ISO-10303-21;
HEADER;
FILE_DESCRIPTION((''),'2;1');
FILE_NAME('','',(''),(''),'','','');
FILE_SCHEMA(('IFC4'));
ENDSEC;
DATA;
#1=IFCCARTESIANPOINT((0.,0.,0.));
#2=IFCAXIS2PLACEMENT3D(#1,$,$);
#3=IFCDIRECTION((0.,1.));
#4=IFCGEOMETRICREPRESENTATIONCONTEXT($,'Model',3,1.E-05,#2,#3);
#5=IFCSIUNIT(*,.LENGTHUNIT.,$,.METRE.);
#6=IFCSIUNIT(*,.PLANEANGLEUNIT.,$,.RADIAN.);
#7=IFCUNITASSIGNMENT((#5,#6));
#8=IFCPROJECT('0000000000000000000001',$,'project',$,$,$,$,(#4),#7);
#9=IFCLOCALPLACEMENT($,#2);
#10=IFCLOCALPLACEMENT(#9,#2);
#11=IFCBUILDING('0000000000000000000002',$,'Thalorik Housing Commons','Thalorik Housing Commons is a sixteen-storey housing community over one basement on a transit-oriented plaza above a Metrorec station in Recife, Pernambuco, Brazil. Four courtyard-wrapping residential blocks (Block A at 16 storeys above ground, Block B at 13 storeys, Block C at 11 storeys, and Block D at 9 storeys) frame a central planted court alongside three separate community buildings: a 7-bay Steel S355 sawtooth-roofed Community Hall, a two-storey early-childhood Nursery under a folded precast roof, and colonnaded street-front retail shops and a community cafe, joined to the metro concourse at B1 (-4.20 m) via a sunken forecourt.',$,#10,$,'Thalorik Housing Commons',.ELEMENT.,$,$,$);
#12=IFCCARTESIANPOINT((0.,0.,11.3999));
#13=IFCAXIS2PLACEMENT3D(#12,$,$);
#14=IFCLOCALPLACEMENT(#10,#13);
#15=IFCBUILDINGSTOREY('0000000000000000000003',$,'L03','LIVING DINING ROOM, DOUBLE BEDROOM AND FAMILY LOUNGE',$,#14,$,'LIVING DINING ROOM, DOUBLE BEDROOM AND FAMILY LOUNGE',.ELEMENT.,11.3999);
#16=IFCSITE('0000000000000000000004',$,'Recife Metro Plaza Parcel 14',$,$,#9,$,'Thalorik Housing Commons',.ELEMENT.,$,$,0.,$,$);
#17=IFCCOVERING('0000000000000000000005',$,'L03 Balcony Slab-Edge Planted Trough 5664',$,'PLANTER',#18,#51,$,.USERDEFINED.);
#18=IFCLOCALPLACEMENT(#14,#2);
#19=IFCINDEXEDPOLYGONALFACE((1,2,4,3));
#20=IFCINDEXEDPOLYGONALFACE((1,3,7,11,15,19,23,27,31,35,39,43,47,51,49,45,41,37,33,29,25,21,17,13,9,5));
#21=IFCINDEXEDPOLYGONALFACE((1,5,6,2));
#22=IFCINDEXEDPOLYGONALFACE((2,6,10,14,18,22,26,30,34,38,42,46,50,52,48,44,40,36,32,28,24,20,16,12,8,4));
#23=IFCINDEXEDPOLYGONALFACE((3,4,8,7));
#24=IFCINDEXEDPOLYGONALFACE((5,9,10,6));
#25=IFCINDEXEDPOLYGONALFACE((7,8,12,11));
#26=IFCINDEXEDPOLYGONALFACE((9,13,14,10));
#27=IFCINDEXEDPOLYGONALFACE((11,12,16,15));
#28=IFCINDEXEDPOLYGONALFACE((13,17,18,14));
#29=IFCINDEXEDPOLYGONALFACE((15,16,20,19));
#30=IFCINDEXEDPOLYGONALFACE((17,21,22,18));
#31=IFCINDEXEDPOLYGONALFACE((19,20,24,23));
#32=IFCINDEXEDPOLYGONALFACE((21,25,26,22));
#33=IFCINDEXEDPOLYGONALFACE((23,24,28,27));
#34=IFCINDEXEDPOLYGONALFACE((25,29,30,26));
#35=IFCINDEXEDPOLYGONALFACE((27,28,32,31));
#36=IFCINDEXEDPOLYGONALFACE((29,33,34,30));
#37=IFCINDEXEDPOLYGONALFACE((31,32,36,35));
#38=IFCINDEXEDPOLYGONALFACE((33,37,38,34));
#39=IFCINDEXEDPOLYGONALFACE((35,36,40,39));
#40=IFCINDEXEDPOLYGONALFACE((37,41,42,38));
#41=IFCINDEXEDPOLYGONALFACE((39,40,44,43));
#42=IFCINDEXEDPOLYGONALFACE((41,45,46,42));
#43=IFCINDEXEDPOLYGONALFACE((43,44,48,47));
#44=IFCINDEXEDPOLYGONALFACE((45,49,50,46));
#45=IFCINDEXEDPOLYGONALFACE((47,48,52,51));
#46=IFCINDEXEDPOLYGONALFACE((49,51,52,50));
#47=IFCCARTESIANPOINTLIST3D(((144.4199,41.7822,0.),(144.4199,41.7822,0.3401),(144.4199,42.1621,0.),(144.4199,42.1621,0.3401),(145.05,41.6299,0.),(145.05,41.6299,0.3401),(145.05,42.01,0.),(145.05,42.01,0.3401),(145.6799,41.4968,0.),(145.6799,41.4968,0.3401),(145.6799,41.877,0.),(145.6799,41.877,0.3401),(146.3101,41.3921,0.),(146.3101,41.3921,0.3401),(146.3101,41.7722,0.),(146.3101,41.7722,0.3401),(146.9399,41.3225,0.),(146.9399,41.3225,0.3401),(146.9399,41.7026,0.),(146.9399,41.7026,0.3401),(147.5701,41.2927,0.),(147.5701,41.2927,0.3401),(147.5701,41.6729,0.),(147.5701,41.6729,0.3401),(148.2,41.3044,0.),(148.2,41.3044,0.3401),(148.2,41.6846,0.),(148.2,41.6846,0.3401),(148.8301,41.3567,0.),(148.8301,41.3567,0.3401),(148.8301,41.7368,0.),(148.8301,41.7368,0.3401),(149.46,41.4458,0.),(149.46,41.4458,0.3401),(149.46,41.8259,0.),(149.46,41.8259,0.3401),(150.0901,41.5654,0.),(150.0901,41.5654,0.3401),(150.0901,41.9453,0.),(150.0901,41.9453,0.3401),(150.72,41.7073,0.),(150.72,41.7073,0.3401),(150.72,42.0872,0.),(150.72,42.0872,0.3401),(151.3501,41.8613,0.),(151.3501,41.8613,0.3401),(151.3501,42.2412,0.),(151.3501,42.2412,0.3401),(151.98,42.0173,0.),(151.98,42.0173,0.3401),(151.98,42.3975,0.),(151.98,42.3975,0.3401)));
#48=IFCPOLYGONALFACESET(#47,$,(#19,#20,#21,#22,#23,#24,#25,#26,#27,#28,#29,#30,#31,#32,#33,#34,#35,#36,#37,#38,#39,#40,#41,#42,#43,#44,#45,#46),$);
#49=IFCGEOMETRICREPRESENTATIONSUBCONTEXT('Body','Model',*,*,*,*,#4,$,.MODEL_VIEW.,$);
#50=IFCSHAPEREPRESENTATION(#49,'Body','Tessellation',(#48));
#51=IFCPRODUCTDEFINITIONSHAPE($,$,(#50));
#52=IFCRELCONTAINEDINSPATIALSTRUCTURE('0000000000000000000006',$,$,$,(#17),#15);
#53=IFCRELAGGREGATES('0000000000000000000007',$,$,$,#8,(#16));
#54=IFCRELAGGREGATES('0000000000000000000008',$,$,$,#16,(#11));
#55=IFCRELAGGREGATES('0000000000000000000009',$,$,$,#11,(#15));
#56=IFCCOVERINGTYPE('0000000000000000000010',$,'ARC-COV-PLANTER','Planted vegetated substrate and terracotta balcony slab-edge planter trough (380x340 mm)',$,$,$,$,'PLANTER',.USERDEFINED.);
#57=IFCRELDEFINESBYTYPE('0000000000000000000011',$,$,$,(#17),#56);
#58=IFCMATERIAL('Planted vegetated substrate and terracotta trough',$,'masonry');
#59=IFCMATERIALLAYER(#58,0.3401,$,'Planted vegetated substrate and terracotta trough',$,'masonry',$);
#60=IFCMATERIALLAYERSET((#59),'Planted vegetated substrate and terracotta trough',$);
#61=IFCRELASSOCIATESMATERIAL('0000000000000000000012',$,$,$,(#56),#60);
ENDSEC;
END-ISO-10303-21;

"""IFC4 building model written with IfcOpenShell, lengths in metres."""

from ifc_helpers import new_model, si_unit, direction, frame, origin, place, context, subcontext, project, spatial, polyline, outline, extrude, material, layer, layer_set, type_object, element, save


model = new_model("IFC4")

# Units and contexts
model_context = context("Model", 3, precision=1e-05, world=origin(), true_north=direction((0.0, 1.0)))
body_context = subcontext(model_context, "Body", "Model", "MODEL_VIEW")
ifc_project = project(units=[si_unit("LENGTHUNIT", "METRE"), si_unit("PLANEANGLEUNIT", "RADIAN")], contexts=[model_context])

# Site, building, storey
site_placement = place(None, origin())
site = spatial("IfcSite", under=ifc_project, at=site_placement, Name="Recife Metro Plaza Parcel 14", LongName="Thalorik Housing Commons", CompositionType="ELEMENT", RefElevation=0.0)
building_placement = place(site_placement, origin())
building = spatial("IfcBuilding", under=site, at=building_placement, Name="Thalorik Housing Commons", Description="Thalorik Housing Commons is a sixteen-storey housing community over one basement on a transit-oriented plaza above a Metrorec station in Recife, Pernambuco, Brazil. Four courtyard-wrapping residential blocks (Block A at 16 storeys above ground, Block B at 13 storeys, Block C at 11 storeys, and Block D at 9 storeys) frame a central planted court alongside three separate community buildings: a 7-bay Steel S355 sawtooth-roofed Community Hall, a two-storey early-childhood Nursery under a folded precast roof, and colonnaded street-front retail shops and a community cafe, joined to the metro concourse at B1 (-4.20 m) via a sunken forecourt.", LongName="Thalorik Housing Commons", CompositionType="ELEMENT")
storey_placement = place(building_placement, frame((0.0, 0.0, 11.3999)))
storey = spatial("IfcBuildingStorey", under=building, at=storey_placement, Name="L03", Description="LIVING DINING ROOM, DOUBLE BEDROOM AND FAMILY LOUNGE", LongName="LIVING DINING ROOM, DOUBLE BEDROOM AND FAMILY LOUNGE", CompositionType="ELEMENT", Elevation=11.3999)

# Covering
ifc_material_1 = material(Name="Planted vegetated substrate and terracotta trough", Category="masonry")
ifc_layer_1 = layer(ifc_material_1, 0.3401, Name="Planted vegetated substrate and terracotta trough", Category="masonry")
ifc_layer_set_1 = layer_set([ifc_layer_1], Name="Planted vegetated substrate and terracotta trough")
covering_type = type_object("IfcCoveringType", Name="ARC-COV-PLANTER", Description="Planted vegetated substrate and terracotta balcony slab-edge planter trough (380x340 mm)", ElementType="PLANTER", PredefinedType="USERDEFINED", material=ifc_layer_set_1)
covering_1_placement = place(storey_placement, origin())
element("IfcCovering", 1, at=covering_1_placement, inside=storey, type_object=covering_type, Name="L03 Balcony Slab-Edge Planted Trough 5664", ObjectType="PLANTER", PredefinedType="USERDEFINED", context=body_context, shape_type="SweptSolid", body=[
    extrude(outline(polyline([(144.4199, 41.7822), (145.05, 41.6299), (145.6799, 41.4968), (146.3101, 41.3921), (146.9399, 41.3225), (147.5701, 41.2927), (148.2, 41.3044), (148.8301, 41.3567), (149.46, 41.4458), (150.0901, 41.5654), (150.72, 41.7073), (151.3501, 41.8613), (151.98, 42.0173), (151.98, 42.3975), (151.3501, 42.2412), (150.72, 42.0872), (150.0901, 41.9453), (149.46, 41.8259), (148.8301, 41.7368), (148.2, 41.6846), (147.5701, 41.6729), (146.9399, 41.7026), (146.3101, 41.7722), (145.6799, 41.877), (145.05, 42.01), (144.4199, 42.1621), (144.4199, 41.7822)])), origin(), (0.0, 0.0, 1.0), 0.3401),
])

save(model, "model.ifc")
